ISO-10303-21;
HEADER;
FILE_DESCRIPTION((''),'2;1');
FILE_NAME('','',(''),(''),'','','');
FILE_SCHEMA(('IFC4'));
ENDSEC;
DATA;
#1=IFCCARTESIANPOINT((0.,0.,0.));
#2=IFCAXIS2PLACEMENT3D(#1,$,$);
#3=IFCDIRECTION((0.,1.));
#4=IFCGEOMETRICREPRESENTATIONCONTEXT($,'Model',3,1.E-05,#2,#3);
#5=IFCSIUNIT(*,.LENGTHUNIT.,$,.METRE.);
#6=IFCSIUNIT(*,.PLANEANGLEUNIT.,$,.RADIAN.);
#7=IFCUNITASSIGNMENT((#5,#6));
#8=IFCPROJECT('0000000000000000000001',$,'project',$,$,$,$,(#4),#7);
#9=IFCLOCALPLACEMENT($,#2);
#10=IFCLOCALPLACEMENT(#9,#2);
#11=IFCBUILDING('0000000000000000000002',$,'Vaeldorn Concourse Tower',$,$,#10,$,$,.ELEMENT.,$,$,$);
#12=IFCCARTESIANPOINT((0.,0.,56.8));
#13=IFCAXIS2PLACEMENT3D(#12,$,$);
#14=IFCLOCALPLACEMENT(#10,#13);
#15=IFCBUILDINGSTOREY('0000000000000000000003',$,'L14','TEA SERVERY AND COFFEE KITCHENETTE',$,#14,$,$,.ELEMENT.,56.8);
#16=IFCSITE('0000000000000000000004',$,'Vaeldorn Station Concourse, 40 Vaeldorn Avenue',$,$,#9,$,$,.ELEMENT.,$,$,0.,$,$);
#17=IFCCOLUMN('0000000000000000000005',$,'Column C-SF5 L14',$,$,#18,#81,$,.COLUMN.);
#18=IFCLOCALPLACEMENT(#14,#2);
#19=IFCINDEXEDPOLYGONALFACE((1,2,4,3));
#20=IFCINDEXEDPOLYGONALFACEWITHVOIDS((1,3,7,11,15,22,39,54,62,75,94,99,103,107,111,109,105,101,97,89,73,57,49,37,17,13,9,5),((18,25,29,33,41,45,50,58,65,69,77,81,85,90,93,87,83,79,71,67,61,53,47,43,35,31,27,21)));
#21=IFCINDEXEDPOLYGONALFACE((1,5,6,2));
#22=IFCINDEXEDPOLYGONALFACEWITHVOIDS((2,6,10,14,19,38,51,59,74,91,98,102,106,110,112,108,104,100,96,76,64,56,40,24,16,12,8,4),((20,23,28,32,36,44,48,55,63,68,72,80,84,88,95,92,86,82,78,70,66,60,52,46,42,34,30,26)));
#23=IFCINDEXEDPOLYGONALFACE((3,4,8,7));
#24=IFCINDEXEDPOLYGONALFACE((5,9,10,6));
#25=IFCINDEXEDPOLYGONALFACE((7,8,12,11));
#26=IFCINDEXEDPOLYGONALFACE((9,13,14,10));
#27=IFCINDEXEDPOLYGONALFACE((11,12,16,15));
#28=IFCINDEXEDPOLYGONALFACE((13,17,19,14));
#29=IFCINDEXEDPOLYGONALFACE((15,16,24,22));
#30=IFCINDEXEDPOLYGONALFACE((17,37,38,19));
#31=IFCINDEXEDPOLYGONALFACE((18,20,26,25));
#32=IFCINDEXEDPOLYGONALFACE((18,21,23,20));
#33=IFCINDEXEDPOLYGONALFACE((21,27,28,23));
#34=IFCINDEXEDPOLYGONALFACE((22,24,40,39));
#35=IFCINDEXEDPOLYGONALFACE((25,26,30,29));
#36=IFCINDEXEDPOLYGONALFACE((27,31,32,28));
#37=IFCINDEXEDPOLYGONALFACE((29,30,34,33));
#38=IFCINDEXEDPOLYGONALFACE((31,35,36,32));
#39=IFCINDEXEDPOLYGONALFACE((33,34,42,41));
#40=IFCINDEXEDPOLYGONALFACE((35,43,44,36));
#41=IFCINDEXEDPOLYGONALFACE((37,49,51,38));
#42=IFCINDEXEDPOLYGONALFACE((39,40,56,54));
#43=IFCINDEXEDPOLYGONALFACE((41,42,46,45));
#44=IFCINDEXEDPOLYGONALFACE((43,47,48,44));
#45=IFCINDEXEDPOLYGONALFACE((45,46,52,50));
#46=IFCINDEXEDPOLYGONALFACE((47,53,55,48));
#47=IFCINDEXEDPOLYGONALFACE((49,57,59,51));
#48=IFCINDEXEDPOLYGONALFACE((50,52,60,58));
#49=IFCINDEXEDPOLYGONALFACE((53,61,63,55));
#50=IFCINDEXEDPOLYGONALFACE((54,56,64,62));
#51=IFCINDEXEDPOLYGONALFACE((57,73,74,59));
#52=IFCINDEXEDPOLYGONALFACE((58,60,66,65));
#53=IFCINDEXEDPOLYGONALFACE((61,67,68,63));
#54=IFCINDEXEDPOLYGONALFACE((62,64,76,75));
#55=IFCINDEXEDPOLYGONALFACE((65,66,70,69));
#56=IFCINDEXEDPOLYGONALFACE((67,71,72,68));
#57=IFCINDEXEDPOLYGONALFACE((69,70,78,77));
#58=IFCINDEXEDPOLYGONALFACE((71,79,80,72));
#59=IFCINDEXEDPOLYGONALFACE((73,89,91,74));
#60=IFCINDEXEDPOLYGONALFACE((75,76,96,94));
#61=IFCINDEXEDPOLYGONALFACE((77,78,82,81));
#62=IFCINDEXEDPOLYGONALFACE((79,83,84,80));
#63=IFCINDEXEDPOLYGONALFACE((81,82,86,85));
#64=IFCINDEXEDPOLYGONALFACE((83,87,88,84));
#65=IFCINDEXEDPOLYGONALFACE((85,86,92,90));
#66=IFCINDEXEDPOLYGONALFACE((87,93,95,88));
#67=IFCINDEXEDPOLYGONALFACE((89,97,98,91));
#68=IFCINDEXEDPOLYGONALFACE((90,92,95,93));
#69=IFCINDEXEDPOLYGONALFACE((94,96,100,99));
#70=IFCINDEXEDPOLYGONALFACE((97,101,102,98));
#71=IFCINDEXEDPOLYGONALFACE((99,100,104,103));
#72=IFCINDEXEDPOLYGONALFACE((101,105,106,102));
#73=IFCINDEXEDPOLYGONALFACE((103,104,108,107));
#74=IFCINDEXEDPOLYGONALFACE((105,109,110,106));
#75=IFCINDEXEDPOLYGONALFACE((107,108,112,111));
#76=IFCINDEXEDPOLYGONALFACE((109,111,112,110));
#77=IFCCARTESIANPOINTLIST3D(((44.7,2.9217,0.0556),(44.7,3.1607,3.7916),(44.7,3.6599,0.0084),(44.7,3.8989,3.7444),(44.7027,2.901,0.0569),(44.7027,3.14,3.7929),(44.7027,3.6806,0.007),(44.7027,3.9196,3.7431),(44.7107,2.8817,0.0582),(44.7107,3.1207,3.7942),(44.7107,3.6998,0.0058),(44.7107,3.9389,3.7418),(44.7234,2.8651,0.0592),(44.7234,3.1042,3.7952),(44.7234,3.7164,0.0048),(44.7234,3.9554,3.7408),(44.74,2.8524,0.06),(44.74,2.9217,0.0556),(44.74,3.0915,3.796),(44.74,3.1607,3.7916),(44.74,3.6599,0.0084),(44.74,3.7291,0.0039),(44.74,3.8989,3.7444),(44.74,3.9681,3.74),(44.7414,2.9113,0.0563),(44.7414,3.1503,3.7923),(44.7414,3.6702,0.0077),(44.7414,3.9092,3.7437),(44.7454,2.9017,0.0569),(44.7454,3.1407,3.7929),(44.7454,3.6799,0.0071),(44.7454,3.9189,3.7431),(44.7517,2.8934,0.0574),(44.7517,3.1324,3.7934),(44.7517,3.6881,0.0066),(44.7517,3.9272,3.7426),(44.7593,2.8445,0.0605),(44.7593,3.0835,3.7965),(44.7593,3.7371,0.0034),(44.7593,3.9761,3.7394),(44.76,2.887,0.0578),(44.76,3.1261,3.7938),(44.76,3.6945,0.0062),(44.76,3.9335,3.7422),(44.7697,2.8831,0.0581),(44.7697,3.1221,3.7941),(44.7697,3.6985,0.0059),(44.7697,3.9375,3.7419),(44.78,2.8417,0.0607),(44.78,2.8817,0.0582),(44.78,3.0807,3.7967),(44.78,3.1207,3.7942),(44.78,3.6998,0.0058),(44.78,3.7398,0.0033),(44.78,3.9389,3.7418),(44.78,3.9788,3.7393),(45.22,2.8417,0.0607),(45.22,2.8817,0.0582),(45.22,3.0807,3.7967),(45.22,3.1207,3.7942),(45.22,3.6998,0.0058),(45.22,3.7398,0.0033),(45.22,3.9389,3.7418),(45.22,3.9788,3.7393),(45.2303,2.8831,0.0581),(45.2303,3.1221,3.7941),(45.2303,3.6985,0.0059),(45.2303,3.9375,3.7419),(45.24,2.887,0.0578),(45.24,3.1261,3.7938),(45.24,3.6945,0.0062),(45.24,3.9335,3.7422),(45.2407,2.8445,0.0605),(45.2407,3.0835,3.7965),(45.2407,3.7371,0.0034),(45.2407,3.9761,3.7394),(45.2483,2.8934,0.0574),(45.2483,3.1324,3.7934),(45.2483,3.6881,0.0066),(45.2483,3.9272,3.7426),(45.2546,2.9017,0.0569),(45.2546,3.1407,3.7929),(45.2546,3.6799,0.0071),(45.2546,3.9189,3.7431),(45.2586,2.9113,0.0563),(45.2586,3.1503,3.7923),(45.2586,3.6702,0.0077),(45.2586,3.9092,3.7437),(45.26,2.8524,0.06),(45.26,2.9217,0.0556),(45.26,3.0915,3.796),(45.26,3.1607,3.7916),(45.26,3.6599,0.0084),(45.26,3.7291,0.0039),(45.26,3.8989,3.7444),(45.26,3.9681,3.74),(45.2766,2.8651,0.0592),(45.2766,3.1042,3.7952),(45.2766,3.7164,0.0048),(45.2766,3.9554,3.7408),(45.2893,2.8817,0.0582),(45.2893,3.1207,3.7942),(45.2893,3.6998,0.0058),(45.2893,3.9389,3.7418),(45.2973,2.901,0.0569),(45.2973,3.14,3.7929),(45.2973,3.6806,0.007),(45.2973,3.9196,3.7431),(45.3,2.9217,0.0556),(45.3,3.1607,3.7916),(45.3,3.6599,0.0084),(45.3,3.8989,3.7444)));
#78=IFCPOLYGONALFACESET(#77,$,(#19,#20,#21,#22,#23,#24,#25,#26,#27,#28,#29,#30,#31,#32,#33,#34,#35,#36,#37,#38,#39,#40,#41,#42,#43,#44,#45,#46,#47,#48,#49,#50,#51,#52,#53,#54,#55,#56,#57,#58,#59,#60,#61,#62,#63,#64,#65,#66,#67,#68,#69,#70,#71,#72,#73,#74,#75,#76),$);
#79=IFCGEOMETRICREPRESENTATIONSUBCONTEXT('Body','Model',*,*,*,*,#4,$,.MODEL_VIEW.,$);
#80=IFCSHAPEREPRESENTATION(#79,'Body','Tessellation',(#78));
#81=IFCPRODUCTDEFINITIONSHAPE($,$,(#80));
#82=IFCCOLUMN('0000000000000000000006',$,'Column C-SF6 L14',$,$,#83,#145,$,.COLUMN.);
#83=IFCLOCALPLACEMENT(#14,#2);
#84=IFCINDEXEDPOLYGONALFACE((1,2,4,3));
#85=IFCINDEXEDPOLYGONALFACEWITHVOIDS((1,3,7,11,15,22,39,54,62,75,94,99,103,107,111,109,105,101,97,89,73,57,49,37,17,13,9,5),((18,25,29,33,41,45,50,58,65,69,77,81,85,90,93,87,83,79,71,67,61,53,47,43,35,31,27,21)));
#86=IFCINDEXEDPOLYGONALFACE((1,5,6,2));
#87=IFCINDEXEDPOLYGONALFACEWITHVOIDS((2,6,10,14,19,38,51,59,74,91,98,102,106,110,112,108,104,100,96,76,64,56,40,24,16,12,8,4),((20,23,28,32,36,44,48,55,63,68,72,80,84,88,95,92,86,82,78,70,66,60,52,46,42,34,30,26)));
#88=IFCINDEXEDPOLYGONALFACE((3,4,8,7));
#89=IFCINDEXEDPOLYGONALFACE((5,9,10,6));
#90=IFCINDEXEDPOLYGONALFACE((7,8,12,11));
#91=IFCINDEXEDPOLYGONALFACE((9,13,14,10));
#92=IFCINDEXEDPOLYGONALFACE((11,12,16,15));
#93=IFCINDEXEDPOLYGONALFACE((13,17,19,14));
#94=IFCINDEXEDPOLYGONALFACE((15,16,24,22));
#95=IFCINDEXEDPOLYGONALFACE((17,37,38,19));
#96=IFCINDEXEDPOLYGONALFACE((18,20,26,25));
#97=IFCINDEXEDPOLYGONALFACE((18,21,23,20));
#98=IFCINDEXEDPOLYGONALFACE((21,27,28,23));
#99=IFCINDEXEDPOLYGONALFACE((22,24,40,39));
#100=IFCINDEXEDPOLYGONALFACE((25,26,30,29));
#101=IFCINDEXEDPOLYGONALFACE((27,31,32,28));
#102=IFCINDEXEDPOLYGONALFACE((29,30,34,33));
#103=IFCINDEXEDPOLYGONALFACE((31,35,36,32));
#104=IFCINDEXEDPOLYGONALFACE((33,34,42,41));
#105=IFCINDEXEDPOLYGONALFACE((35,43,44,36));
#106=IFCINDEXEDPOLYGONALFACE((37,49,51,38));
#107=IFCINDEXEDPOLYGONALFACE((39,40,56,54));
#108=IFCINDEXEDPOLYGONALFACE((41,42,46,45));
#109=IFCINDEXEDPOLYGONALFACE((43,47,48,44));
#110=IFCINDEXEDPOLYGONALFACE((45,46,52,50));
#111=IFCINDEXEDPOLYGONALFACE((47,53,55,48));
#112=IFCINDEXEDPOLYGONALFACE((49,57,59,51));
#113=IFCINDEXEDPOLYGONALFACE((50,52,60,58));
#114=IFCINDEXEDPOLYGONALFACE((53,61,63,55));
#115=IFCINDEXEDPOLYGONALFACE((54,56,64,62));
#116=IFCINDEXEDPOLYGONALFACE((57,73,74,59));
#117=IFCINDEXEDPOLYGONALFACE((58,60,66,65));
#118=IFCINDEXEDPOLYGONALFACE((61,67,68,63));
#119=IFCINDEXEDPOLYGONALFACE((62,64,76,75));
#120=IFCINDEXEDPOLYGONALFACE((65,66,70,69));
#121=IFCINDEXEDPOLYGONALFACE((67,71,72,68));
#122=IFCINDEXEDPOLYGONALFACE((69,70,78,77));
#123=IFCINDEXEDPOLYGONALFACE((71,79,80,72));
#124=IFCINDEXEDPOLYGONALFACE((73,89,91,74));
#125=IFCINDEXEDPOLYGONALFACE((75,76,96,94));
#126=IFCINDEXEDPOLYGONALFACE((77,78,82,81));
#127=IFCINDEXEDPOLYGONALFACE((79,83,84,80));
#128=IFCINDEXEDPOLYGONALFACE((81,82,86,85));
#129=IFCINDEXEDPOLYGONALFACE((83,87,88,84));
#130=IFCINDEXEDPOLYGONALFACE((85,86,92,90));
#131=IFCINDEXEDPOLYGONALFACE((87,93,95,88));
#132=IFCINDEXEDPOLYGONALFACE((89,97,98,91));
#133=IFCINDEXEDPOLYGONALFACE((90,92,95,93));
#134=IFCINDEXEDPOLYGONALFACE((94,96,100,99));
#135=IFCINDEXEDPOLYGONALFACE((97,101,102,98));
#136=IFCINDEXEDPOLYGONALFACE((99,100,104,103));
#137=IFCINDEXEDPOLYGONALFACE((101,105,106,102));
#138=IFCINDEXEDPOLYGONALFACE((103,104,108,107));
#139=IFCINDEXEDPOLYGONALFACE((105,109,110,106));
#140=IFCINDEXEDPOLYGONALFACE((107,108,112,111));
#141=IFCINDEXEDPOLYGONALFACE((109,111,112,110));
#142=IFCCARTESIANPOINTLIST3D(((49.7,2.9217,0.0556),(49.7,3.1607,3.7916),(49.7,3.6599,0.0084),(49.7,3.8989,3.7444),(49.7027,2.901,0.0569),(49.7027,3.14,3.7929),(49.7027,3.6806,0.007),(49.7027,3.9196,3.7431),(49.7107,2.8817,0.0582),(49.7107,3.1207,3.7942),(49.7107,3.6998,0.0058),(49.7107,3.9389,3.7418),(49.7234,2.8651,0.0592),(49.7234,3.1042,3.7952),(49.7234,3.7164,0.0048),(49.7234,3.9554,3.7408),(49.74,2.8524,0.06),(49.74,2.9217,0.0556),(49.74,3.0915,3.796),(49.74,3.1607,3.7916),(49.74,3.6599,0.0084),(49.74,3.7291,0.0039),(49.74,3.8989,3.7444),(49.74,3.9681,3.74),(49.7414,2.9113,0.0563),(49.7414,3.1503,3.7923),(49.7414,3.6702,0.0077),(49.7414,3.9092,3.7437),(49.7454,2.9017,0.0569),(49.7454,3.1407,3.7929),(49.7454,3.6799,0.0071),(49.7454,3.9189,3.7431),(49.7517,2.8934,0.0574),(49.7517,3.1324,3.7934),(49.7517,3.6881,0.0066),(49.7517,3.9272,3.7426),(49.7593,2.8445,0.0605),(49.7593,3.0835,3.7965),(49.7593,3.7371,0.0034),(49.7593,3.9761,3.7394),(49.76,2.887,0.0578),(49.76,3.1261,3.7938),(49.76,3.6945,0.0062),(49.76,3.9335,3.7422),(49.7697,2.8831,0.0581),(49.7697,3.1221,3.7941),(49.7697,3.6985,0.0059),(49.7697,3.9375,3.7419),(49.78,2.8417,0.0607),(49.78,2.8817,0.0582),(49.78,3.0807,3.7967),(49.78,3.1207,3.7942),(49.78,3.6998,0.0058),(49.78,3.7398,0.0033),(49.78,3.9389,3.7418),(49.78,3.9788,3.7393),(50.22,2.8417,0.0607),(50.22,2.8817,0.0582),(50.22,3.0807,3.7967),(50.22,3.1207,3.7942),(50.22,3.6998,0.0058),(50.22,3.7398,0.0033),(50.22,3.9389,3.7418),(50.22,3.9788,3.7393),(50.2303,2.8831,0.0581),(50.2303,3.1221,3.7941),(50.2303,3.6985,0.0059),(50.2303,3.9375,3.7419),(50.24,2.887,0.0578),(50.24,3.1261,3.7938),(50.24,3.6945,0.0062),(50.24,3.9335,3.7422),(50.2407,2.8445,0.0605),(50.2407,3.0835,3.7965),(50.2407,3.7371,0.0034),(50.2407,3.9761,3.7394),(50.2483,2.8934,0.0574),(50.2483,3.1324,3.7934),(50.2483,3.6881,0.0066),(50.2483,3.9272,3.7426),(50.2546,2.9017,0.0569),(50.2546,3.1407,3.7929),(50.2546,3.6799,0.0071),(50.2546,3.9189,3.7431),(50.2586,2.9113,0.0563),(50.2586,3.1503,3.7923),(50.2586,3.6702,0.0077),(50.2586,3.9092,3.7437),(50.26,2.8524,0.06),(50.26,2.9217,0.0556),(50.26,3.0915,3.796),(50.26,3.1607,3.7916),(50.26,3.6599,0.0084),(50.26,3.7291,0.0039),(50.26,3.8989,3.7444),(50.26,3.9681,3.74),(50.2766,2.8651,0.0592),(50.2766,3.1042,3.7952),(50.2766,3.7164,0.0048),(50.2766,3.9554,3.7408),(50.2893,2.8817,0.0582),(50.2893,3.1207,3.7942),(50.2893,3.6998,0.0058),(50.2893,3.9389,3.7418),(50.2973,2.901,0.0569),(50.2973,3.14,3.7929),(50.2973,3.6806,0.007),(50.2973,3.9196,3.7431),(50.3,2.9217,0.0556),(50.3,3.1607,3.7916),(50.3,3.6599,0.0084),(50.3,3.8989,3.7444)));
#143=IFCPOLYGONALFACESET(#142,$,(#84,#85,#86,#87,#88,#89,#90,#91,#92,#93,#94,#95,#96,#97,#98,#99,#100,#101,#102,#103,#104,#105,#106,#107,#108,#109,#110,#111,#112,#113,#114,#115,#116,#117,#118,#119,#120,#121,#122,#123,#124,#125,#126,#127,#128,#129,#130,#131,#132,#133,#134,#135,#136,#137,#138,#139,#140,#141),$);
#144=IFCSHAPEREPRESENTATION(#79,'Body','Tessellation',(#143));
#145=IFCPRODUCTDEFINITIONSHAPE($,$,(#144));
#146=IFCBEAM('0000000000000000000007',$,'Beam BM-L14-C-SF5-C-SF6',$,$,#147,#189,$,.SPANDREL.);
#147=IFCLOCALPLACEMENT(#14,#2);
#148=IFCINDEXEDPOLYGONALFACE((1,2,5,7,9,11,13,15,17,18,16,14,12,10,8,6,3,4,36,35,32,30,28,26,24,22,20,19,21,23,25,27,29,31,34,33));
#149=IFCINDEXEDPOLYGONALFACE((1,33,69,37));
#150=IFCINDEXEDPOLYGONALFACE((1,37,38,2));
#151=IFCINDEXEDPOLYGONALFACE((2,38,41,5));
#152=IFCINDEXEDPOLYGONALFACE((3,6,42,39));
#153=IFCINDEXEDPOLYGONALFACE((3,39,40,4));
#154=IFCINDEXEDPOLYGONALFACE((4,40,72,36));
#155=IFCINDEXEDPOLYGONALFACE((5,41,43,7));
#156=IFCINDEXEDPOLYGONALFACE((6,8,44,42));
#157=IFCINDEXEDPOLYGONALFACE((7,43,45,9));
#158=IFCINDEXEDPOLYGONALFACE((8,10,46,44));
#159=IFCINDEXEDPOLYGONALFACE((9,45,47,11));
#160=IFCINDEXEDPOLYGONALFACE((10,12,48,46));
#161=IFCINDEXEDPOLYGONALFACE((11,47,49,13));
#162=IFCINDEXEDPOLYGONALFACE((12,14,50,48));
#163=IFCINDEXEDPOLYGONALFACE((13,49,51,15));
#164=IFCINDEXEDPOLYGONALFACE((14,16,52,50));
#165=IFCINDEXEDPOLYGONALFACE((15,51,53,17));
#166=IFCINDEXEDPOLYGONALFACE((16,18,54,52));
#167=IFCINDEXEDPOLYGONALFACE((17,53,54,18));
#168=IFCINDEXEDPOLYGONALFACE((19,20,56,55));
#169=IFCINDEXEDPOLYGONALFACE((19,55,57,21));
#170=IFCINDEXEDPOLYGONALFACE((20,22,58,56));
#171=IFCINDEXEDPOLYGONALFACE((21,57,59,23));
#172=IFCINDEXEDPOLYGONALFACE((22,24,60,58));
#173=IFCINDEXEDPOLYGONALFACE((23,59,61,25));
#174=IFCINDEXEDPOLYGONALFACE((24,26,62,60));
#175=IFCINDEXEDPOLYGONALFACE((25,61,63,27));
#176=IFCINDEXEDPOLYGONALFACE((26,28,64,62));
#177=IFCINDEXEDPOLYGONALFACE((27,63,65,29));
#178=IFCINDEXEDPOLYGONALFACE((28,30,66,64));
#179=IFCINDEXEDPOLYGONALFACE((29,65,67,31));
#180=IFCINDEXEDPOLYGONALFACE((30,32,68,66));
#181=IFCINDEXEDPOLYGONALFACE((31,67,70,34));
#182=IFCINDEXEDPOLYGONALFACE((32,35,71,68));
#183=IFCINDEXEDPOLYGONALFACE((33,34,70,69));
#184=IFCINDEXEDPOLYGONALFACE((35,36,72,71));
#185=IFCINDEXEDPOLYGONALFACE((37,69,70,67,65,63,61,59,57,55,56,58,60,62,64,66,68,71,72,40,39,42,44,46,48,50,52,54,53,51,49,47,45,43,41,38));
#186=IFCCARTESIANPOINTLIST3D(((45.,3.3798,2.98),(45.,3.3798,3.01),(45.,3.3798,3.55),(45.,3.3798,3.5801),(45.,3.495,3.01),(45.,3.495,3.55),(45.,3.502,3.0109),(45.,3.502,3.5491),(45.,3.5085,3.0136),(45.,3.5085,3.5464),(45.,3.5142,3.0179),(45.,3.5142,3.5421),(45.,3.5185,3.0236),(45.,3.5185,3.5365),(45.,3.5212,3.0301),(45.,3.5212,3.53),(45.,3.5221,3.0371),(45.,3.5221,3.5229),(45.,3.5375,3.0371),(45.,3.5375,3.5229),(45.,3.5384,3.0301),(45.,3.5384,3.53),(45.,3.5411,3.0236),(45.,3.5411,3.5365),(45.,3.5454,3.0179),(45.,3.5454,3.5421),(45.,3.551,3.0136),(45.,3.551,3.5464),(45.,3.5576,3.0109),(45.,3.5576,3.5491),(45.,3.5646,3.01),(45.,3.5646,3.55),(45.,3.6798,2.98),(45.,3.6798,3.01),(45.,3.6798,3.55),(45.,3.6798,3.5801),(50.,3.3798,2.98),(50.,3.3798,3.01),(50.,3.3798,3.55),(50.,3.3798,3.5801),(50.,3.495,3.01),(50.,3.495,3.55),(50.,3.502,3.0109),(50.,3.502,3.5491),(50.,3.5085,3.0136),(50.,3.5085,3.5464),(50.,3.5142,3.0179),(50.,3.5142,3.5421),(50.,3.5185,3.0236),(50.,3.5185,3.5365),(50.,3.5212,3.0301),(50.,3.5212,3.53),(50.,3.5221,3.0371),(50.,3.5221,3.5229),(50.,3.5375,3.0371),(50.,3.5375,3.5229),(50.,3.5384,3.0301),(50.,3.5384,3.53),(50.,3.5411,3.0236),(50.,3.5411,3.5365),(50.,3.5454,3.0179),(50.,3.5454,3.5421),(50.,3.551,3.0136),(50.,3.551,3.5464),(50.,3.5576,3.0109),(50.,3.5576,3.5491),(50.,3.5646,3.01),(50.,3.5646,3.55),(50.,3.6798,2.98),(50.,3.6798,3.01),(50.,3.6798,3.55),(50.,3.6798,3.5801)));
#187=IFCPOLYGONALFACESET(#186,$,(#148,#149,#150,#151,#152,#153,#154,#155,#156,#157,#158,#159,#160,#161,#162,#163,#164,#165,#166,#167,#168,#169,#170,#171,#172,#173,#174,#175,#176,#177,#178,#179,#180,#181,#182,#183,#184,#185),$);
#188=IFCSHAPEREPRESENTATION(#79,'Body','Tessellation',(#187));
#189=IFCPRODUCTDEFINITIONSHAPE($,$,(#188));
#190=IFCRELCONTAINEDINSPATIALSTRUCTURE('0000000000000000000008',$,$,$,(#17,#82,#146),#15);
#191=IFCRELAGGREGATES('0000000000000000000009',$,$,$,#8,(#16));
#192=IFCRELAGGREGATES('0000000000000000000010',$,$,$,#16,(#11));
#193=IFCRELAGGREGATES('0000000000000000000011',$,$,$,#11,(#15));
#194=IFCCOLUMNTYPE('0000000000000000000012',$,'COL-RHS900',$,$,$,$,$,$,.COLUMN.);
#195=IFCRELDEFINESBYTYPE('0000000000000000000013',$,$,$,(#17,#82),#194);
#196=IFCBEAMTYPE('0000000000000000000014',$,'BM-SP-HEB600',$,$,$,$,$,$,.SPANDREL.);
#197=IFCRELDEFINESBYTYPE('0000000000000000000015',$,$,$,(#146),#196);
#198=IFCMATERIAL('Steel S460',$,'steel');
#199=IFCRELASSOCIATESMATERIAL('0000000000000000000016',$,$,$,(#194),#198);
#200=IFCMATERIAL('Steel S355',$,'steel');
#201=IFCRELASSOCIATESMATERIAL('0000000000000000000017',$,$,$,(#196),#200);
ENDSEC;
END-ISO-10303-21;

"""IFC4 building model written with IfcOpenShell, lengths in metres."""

from ifc_helpers import new_model, si_unit, direction, frame, origin, origin_2d, place, context, subcontext, project, spatial, hollow_rectangle, i_section, extrude, source, transform, mapped, material, material_profile, profile_set, type_object, element, save


model = new_model("IFC4")

# Units and contexts
model_context = context("Model", 3, precision=1e-05, world=origin(), true_north=direction((0.0, 1.0)))
body_context = subcontext(model_context, "Body", "Model", "MODEL_VIEW")
ifc_project = project(units=[si_unit("LENGTHUNIT", "METRE"), si_unit("PLANEANGLEUNIT", "RADIAN")], contexts=[model_context])

# Site, building, storey
site_placement = place(None, origin())
site = spatial("IfcSite", under=ifc_project, at=site_placement, Name="Vaeldorn Station Concourse, 40 Vaeldorn Avenue", CompositionType="ELEMENT", RefElevation=0.0)
building_placement = place(site_placement, origin())
building = spatial("IfcBuilding", under=site, at=building_placement, Name="Vaeldorn Concourse Tower", CompositionType="ELEMENT")
storey_placement = place(building_placement, frame((0.0, 0.0, 56.8)))
storey = spatial("IfcBuildingStorey", under=building, at=storey_placement, Name="L14", Description="TEA SERVERY AND COFFEE KITCHENETTE", CompositionType="ELEMENT", Elevation=56.8)

# Columns
ifc_material_1 = material(Name="Steel S460", Category="steel")
ifc_material_profile_1 = material_profile(ifc_material_1, hollow_rectangle(XDim=0.6001, YDim=0.8999, WallThickness=0.04, InnerFilletRadius=0.04, OuterFilletRadius=0.0801, at=origin_2d()), Name="RHS 900x600x40")
ifc_profile_set_1 = profile_set([ifc_material_profile_1], Name="Steel S460")
column_type = type_object("IfcColumnType", Name="COL-RHS900", PredefinedType="COLUMN", material=ifc_profile_set_1)
shared_shape_1 = source(origin(), body_context, "Body", "SweptSolid", [
    extrude(hollow_rectangle(XDim=0.6001, YDim=0.8999, WallThickness=0.04, InnerFilletRadius=0.04, OuterFilletRadius=0.0801, at=origin_2d()), origin(), (0.0, 0.0, 1.0), 3.7437),
])
for number, where, z_axis, x_axis, name in (
    (1, (45.0, 3.2908, 0.032), (0.0, 0.063844, 0.99796), (-1.0, 0.0, 0.0), "Column C-SF5 L14"),
    (2, (50.0, 3.2908, 0.032), (0.0, 0.063844, 0.99796), (-1.0, 0.0, 0.0), "Column C-SF6 L14"),
):
    element("IfcColumn", number, at=place(storey_placement, frame(where, z_axis=z_axis, x_axis=x_axis)), inside=storey, type_object=column_type, Name=name, PredefinedType="COLUMN", context=body_context, shape_type="MappedRepresentation", body=[
        mapped(shared_shape_1, transform((0.0, 0.0, 0.0), scale=1.0)),
    ])

# Beam
ifc_material_2 = material(Name="Steel S355", Category="steel")
ifc_material_profile_2 = material_profile(ifc_material_2, i_section(OverallWidth=0.3, OverallDepth=0.6001, WebThickness=0.0154, FlangeThickness=0.03, FilletRadius=0.0271, at=origin_2d()), Name="HEB 600")
ifc_profile_set_2 = profile_set([ifc_material_profile_2], Name="Steel S355")
beam_type_1 = type_object("IfcBeamType", Name="BM-SP-HEB600", PredefinedType="SPANDREL", material=ifc_profile_set_2)
shared_shape_2 = source(origin(), body_context, "Body", "SweptSolid", [
    extrude(i_section(OverallWidth=0.3, OverallDepth=0.6001, WebThickness=0.0154, FlangeThickness=0.03, FilletRadius=0.0271, at=origin_2d()), origin(), (0.0, 0.0, 1.0), 5.0),
])
beam_1_placement = place(storey_placement, frame((45.0, 3.5298, 3.28), z_axis=(1.0, 0.0, 0.0), x_axis=(0.0, 1.0, 0.0)))
element("IfcBeam", 3, at=beam_1_placement, inside=storey, type_object=beam_type_1, Name="Beam BM-L14-C-SF5-C-SF6", PredefinedType="SPANDREL", context=body_context, shape_type="MappedRepresentation", body=[
    mapped(shared_shape_2, transform((0.0, 0.0, 0.0), scale=1.0)),
])

save(model, "model.ifc")
